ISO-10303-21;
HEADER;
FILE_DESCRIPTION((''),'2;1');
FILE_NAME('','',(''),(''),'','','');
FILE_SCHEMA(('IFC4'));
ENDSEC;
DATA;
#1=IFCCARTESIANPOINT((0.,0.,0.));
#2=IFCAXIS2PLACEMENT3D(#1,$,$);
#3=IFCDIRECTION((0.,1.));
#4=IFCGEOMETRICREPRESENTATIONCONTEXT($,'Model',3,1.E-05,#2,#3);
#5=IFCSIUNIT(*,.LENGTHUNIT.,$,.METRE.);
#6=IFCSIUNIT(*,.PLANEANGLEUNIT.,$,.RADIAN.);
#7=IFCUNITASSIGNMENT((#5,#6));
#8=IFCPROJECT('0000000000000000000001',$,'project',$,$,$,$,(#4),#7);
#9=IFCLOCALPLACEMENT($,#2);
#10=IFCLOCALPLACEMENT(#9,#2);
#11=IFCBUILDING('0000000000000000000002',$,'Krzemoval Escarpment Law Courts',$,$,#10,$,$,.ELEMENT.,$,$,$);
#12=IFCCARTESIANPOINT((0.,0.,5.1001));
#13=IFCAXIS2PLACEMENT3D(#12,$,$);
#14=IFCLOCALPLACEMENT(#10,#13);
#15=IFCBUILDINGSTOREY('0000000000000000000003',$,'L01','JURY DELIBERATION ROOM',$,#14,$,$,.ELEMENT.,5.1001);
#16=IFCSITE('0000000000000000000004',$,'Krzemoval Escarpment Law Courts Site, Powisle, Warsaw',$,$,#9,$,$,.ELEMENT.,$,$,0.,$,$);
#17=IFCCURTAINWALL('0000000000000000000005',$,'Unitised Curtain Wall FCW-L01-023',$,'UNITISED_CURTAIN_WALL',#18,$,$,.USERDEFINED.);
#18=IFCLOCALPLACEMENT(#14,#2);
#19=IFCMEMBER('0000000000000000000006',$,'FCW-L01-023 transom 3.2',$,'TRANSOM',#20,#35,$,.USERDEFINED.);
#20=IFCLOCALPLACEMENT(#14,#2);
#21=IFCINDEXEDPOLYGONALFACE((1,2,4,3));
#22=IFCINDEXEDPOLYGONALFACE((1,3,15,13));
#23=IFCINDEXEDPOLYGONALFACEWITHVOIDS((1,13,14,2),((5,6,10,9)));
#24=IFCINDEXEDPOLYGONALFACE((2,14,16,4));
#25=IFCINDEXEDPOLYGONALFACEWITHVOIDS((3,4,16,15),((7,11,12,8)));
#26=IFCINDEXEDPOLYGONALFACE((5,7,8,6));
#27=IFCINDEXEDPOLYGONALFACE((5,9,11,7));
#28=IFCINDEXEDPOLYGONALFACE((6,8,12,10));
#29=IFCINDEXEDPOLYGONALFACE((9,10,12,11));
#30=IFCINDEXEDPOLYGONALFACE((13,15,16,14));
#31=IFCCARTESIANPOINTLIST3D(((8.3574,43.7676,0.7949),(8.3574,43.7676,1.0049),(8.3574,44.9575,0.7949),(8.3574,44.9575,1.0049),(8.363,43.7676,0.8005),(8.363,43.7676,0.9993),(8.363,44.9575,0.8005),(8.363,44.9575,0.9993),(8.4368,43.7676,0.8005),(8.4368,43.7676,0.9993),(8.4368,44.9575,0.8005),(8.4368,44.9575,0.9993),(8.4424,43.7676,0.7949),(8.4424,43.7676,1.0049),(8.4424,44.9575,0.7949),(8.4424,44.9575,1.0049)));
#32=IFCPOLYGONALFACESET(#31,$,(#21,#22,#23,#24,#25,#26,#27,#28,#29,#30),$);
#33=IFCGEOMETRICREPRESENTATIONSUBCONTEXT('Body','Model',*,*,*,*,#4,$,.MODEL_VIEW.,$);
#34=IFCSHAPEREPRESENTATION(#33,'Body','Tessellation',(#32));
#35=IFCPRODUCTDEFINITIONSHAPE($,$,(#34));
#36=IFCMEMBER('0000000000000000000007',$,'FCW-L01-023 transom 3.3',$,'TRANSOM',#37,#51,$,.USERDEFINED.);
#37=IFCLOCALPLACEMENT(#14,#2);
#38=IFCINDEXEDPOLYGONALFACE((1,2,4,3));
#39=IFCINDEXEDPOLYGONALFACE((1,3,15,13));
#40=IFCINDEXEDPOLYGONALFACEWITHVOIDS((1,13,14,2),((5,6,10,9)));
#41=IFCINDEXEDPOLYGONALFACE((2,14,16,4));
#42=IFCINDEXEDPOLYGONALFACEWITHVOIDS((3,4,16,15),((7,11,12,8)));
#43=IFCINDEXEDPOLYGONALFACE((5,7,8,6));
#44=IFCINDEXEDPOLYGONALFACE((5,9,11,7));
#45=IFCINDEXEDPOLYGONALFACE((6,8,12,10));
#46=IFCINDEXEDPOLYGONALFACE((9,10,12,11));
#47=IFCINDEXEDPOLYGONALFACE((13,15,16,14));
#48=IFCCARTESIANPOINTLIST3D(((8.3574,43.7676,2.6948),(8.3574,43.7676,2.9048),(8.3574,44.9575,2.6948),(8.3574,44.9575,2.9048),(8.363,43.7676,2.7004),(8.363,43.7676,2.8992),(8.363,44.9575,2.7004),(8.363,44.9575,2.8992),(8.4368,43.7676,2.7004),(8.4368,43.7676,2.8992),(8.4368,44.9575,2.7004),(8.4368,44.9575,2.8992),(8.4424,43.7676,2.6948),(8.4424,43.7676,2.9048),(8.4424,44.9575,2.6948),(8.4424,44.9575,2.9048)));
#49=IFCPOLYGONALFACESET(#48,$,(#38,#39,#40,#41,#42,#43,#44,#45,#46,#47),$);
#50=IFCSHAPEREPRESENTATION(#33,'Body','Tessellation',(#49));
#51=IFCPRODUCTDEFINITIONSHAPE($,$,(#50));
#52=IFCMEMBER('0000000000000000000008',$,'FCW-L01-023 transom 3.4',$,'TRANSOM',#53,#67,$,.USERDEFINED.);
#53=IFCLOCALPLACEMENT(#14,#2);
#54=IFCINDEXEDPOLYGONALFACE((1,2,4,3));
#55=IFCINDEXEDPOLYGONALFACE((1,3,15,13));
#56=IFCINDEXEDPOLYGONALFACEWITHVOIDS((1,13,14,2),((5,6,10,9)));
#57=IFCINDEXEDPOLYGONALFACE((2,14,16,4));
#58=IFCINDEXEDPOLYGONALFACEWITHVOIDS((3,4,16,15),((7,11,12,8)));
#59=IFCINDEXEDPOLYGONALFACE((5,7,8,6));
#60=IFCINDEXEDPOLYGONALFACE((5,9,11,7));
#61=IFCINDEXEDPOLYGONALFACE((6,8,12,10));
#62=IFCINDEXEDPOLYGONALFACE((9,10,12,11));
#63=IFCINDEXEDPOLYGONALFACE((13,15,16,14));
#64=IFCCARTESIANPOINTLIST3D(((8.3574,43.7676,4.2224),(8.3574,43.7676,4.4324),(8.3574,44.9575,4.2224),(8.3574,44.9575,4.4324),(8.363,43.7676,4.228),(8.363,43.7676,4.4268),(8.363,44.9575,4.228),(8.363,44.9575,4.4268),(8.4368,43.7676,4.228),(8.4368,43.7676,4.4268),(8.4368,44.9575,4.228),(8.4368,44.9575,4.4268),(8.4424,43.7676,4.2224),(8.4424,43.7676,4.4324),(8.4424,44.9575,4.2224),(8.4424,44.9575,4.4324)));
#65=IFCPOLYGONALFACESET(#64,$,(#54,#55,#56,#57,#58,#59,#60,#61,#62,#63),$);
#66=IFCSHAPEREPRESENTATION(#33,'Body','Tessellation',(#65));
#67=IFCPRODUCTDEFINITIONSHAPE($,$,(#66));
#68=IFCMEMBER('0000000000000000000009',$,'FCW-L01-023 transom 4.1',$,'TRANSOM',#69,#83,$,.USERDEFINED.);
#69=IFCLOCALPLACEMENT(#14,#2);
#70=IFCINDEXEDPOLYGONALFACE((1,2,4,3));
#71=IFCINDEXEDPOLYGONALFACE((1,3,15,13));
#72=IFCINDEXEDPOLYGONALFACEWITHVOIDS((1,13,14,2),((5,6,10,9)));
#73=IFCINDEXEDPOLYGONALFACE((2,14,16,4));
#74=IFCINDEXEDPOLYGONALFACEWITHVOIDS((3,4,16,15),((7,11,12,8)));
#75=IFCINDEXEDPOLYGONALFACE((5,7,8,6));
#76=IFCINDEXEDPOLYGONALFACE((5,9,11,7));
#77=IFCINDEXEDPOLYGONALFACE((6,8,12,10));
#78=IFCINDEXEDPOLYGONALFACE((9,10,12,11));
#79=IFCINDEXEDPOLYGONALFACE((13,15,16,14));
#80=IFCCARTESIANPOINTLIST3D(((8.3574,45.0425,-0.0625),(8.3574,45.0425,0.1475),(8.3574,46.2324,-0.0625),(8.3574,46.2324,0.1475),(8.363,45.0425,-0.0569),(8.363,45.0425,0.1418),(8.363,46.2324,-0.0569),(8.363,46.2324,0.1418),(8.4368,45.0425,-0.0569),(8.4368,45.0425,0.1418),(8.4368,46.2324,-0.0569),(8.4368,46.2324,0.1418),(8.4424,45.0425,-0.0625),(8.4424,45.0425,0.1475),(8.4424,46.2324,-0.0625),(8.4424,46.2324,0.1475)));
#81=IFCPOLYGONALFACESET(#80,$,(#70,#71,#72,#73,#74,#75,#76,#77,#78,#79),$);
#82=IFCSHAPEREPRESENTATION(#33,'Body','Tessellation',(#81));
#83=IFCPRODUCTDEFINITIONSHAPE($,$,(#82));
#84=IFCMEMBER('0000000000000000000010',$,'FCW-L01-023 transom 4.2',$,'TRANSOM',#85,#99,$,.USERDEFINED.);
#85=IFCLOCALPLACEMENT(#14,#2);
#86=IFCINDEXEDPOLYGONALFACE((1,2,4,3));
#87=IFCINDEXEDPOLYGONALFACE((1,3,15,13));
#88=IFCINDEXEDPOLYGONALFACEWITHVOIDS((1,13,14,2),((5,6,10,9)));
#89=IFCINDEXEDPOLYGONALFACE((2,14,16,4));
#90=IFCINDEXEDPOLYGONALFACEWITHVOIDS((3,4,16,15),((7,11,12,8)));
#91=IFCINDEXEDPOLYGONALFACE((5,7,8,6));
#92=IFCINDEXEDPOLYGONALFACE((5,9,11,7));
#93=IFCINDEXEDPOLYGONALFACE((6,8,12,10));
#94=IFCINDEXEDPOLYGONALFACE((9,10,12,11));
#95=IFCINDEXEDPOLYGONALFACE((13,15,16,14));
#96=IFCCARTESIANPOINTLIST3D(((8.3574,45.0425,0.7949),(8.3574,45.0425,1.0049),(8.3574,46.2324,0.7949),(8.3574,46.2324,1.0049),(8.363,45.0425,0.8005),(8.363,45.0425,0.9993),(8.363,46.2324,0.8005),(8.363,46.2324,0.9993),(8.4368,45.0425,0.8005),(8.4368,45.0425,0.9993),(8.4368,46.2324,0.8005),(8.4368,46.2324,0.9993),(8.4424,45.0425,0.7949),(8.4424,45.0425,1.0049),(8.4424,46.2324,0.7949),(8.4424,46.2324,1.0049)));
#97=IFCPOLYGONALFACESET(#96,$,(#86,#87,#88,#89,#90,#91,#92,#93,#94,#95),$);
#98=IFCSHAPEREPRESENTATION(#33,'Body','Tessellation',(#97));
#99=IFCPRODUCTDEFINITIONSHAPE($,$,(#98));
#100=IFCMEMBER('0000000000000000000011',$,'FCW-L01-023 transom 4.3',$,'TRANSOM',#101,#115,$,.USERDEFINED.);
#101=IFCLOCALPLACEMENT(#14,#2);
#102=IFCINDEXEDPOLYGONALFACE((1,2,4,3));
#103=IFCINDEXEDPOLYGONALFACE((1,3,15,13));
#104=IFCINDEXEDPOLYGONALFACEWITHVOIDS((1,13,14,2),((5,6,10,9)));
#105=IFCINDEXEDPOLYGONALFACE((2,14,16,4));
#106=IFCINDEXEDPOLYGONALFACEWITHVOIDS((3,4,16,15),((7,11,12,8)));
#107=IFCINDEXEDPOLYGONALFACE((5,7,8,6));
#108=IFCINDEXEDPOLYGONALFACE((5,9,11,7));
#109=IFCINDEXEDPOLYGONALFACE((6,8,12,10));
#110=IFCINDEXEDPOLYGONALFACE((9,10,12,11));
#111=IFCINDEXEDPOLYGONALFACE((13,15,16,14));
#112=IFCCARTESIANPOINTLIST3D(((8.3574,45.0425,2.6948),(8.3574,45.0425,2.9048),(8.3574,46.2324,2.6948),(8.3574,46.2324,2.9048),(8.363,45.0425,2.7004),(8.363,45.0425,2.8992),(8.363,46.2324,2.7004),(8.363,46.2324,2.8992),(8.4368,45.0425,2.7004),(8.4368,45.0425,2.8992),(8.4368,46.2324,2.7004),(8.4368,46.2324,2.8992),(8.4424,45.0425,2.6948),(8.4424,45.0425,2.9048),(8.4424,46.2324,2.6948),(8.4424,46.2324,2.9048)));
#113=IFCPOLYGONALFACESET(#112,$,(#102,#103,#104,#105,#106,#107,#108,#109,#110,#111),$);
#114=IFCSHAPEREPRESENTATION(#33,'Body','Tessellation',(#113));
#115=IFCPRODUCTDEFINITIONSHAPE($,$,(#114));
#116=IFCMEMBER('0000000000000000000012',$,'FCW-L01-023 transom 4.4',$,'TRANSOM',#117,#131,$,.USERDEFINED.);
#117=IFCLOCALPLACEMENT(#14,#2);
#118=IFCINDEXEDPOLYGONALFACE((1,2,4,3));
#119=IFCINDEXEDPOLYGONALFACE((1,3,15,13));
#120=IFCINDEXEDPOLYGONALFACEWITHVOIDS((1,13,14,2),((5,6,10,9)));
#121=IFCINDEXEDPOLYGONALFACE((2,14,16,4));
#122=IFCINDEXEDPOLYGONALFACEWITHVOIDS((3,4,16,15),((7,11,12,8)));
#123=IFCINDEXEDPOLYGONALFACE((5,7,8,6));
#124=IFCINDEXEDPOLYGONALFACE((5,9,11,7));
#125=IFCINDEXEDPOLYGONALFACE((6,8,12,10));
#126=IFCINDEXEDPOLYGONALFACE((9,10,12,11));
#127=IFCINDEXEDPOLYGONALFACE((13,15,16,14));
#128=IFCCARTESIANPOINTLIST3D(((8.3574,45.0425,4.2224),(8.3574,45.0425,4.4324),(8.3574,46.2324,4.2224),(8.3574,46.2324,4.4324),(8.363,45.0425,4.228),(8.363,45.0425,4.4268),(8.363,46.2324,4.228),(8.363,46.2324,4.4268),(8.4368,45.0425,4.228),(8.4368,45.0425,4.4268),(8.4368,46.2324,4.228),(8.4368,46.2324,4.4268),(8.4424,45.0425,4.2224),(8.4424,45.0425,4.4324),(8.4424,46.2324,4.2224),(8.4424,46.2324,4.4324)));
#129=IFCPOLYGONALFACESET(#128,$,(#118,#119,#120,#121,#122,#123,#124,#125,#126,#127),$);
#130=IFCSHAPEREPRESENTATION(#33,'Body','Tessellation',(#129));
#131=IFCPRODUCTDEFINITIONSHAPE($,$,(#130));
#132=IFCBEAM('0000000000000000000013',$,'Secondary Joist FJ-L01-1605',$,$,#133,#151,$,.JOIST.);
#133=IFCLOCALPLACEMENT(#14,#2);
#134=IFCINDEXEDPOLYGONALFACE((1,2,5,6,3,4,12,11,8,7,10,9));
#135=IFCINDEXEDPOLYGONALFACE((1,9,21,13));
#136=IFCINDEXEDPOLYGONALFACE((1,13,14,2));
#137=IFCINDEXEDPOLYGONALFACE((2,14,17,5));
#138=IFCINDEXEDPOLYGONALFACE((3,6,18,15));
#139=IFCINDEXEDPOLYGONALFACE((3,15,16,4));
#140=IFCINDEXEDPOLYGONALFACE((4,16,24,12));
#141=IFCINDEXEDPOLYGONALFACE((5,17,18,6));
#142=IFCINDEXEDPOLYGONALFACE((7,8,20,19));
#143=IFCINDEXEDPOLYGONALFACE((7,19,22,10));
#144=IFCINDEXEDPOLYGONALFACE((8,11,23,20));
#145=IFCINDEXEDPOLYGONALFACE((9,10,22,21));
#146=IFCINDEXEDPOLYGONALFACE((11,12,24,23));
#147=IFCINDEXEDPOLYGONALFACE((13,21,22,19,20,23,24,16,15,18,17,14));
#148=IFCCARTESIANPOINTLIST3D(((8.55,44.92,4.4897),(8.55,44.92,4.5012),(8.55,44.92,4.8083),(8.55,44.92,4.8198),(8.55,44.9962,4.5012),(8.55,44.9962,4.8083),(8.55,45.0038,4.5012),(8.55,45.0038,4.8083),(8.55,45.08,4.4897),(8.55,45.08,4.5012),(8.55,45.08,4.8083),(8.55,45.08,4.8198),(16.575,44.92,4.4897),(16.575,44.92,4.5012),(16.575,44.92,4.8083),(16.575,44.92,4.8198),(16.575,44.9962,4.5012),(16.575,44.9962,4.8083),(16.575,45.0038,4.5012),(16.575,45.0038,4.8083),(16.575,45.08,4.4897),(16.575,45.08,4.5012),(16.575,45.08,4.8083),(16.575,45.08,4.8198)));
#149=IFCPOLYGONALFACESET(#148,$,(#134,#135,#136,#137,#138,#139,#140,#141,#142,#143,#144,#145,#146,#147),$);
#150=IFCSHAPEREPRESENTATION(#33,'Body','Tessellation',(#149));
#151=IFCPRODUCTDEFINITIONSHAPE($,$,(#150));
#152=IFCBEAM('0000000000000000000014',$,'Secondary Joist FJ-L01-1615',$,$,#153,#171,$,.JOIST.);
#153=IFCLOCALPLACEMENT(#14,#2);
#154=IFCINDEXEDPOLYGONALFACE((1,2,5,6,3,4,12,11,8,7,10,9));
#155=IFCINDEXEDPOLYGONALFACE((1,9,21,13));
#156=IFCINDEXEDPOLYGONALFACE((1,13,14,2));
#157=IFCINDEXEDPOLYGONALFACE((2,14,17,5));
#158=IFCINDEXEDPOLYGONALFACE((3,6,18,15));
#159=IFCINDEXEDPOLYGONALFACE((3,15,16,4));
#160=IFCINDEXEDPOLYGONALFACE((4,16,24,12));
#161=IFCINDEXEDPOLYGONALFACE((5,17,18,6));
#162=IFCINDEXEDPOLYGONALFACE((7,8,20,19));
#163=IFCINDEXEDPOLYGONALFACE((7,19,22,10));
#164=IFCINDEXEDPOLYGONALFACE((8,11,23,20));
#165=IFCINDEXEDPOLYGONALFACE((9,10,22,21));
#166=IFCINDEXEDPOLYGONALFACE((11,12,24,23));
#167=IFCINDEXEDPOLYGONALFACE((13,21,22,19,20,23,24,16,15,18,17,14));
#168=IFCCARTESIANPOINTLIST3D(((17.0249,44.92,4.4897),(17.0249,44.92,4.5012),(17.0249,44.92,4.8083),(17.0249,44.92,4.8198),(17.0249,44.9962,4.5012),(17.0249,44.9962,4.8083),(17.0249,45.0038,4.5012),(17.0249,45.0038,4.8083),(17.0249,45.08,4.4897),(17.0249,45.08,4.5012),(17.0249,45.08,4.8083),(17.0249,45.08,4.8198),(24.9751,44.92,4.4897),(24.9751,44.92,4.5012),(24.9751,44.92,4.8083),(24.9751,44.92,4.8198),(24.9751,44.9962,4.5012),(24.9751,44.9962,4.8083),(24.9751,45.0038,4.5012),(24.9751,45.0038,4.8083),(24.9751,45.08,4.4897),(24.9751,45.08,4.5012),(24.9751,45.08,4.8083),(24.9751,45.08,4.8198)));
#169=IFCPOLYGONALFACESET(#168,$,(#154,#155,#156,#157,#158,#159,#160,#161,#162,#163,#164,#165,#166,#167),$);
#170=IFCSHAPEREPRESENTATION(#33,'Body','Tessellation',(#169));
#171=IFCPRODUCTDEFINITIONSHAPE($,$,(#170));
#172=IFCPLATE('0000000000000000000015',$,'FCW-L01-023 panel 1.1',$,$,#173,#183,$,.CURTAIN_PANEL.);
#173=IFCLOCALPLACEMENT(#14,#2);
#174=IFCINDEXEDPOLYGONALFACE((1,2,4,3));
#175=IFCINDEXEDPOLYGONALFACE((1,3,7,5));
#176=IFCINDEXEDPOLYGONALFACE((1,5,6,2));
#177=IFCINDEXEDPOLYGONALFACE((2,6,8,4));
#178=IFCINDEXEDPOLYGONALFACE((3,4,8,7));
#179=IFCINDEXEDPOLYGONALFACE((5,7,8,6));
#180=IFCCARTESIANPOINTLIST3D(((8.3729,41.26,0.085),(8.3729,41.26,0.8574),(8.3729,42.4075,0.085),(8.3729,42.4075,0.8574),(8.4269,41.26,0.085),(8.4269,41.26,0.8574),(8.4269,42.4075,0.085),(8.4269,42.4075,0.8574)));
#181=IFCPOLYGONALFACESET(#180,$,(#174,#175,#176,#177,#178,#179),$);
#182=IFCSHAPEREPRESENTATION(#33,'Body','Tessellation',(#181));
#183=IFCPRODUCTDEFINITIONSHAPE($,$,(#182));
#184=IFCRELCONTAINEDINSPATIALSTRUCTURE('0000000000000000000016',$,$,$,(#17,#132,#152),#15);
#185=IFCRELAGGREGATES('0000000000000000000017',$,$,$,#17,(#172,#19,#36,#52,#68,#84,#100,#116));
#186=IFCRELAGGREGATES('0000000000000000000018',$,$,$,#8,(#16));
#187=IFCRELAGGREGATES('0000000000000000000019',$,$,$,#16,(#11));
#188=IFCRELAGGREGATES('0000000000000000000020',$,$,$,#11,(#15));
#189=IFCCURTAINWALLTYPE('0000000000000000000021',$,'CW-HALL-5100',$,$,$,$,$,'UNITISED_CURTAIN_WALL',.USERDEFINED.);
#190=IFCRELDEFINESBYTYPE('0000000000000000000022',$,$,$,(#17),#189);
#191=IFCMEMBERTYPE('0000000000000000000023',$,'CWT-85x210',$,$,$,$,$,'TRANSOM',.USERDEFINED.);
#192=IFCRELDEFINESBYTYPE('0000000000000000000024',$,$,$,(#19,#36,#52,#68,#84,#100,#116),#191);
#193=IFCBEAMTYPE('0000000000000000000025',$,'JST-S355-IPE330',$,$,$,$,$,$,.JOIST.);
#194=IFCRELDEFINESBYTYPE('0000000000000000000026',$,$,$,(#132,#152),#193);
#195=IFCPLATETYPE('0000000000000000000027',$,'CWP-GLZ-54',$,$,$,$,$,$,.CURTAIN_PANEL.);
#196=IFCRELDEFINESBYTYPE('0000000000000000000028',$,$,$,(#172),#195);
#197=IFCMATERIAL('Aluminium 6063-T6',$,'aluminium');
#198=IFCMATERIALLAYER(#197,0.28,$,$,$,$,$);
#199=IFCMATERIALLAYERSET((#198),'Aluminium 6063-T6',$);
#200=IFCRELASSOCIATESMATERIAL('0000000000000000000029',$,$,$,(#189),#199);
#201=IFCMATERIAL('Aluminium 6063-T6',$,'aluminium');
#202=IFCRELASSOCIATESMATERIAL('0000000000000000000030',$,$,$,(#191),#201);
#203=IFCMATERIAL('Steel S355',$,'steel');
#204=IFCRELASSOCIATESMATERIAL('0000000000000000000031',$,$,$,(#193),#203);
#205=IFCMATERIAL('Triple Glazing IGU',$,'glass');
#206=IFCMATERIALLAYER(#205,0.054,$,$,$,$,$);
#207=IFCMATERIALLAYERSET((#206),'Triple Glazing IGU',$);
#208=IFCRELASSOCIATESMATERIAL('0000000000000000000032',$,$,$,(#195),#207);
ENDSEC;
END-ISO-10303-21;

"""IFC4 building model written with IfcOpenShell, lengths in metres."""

from ifc_helpers import new_model, si_unit, direction, frame, origin, origin_2d, place, context, subcontext, project, spatial, rectangle, hollow_rectangle, i_section, extrude, material, layer, layer_set, material_profile, profile_set, type_object, element, aggregate, save


model = new_model("IFC4")

# Units and contexts
model_context = context("Model", 3, precision=1e-05, world=origin(), true_north=direction((0.0, 1.0)))
body_context = subcontext(model_context, "Body", "Model", "MODEL_VIEW")
ifc_project = project(units=[si_unit("LENGTHUNIT", "METRE"), si_unit("PLANEANGLEUNIT", "RADIAN")], contexts=[model_context])

# Site, building, storey
site_placement = place(None, origin())
site = spatial("IfcSite", under=ifc_project, at=site_placement, Name="Krzemoval Escarpment Law Courts Site, Powisle, Warsaw", CompositionType="ELEMENT", RefElevation=0.0)
building_placement = place(site_placement, origin())
building = spatial("IfcBuilding", under=site, at=building_placement, Name="Krzemoval Escarpment Law Courts", CompositionType="ELEMENT")
storey_placement = place(building_placement, frame((0.0, 0.0, 5.1001)))
storey = spatial("IfcBuildingStorey", under=building, at=storey_placement, Name="L01", Description="JURY DELIBERATION ROOM", CompositionType="ELEMENT", Elevation=5.1001)

# Curtain wall, members
ifc_material_1 = material(Name="Aluminium 6063-T6", Category="aluminium")
ifc_layer_1 = layer(ifc_material_1, 0.28)
ifc_layer_set_1 = layer_set([ifc_layer_1], Name="Aluminium 6063-T6")
curtain_wall_type = type_object("IfcCurtainWallType", Name="CW-HALL-5100", ElementType="UNITISED_CURTAIN_WALL", PredefinedType="USERDEFINED", material=ifc_layer_set_1)
curtain_wall_placement = place(storey_placement, origin())
curtain_wall = element("IfcCurtainWall", 1, at=curtain_wall_placement, inside=storey, type_object=curtain_wall_type, Name="Unitised Curtain Wall FCW-L01-023", ObjectType="UNITISED_CURTAIN_WALL", PredefinedType="USERDEFINED")
ifc_material_2 = material(Name="Aluminium 6063-T6", Category="aluminium")
ifc_material_profile_1 = material_profile(ifc_material_2, hollow_rectangle(XDim=0.085, YDim=0.21, WallThickness=0.0056, at=origin_2d()), Name="ALU T85x210")
ifc_profile_set_1 = profile_set([ifc_material_profile_1], Name="Aluminium 6063-T6")
member_type_1 = type_object("IfcMemberType", Name="CWT-85x210", ElementType="TRANSOM", PredefinedType="USERDEFINED", material=ifc_profile_set_1)
member_1_placement = place(storey_placement, frame((8.3999, 43.7676, 0.8999), z_axis=(0.0, 1.0, 0.0), x_axis=(-1.0, 0.0, 0.0)))
member_1 = element("IfcMember", 2, at=member_1_placement, type_object=member_type_1, Name="FCW-L01-023 transom 3.2", ObjectType="TRANSOM", PredefinedType="USERDEFINED", context=body_context, shape_type="SweptSolid", body=[
    extrude(hollow_rectangle(XDim=0.085, YDim=0.21, WallThickness=0.0056, at=origin_2d()), origin(), (0.0, 0.0, 1.0), 1.1899),
])
member_2_placement = place(storey_placement, frame((8.3999, 43.7676, 2.7998), z_axis=(0.0, 1.0, 0.0), x_axis=(-1.0, 0.0, 0.0)))
member_2 = element("IfcMember", 3, at=member_2_placement, type_object=member_type_1, Name="FCW-L01-023 transom 3.3", ObjectType="TRANSOM", PredefinedType="USERDEFINED", context=body_context, shape_type="SweptSolid", body=[
    extrude(hollow_rectangle(XDim=0.085, YDim=0.21, WallThickness=0.0056, at=origin_2d()), origin(), (0.0, 0.0, 1.0), 1.1899),
])
member_3_placement = place(storey_placement, frame((8.3999, 43.7676, 4.3274), z_axis=(0.0, 1.0, 0.0), x_axis=(-1.0, 0.0, 0.0)))
member_3 = element("IfcMember", 4, at=member_3_placement, type_object=member_type_1, Name="FCW-L01-023 transom 3.4", ObjectType="TRANSOM", PredefinedType="USERDEFINED", context=body_context, shape_type="SweptSolid", body=[
    extrude(hollow_rectangle(XDim=0.085, YDim=0.21, WallThickness=0.0056, at=origin_2d()), origin(), (0.0, 0.0, 1.0), 1.1899),
])
member_4_placement = place(storey_placement, frame((8.3999, 45.0425, 0.0425), z_axis=(0.0, 1.0, 0.0), x_axis=(-1.0, 0.0, 0.0)))
member_4 = element("IfcMember", 5, at=member_4_placement, type_object=member_type_1, Name="FCW-L01-023 transom 4.1", ObjectType="TRANSOM", PredefinedType="USERDEFINED", context=body_context, shape_type="SweptSolid", body=[
    extrude(hollow_rectangle(XDim=0.085, YDim=0.21, WallThickness=0.0056, at=origin_2d()), origin(), (0.0, 0.0, 1.0), 1.1899),
])
member_5_placement = place(storey_placement, frame((8.3999, 45.0425, 0.8999), z_axis=(0.0, 1.0, 0.0), x_axis=(-1.0, 0.0, 0.0)))
member_5 = element("IfcMember", 6, at=member_5_placement, type_object=member_type_1, Name="FCW-L01-023 transom 4.2", ObjectType="TRANSOM", PredefinedType="USERDEFINED", context=body_context, shape_type="SweptSolid", body=[
    extrude(hollow_rectangle(XDim=0.085, YDim=0.21, WallThickness=0.0056, at=origin_2d()), origin(), (0.0, 0.0, 1.0), 1.1899),
])
member_6_placement = place(storey_placement, frame((8.3999, 45.0425, 2.7998), z_axis=(0.0, 1.0, 0.0), x_axis=(-1.0, 0.0, 0.0)))
member_6 = element("IfcMember", 7, at=member_6_placement, type_object=member_type_1, Name="FCW-L01-023 transom 4.3", ObjectType="TRANSOM", PredefinedType="USERDEFINED", context=body_context, shape_type="SweptSolid", body=[
    extrude(hollow_rectangle(XDim=0.085, YDim=0.21, WallThickness=0.0056, at=origin_2d()), origin(), (0.0, 0.0, 1.0), 1.1899),
])
member_7_placement = place(storey_placement, frame((8.3999, 45.0425, 4.3274), z_axis=(0.0, 1.0, 0.0), x_axis=(-1.0, 0.0, 0.0)))
member_7 = element("IfcMember", 8, at=member_7_placement, type_object=member_type_1, Name="FCW-L01-023 transom 4.4", ObjectType="TRANSOM", PredefinedType="USERDEFINED", context=body_context, shape_type="SweptSolid", body=[
    extrude(hollow_rectangle(XDim=0.085, YDim=0.21, WallThickness=0.0056, at=origin_2d()), origin(), (0.0, 0.0, 1.0), 1.1899),
])

# Beams
ifc_material_3 = material(Name="Steel S355", Category="steel")
ifc_material_profile_2 = material_profile(ifc_material_3, i_section(OverallWidth=0.1599, OverallDepth=0.3301, WebThickness=0.0076, FlangeThickness=0.0115, at=origin_2d()), Name="IPE 330")
ifc_profile_set_2 = profile_set([ifc_material_profile_2], Name="Steel S355")
beam_type_1 = type_object("IfcBeamType", Name="JST-S355-IPE330", PredefinedType="JOIST", material=ifc_profile_set_2)
beam_1_placement = place(storey_placement, frame((8.55, 45.0, 4.6548), z_axis=(1.0, 0.0, 0.0), x_axis=(0.0, 1.0, 0.0)))
element("IfcBeam", 9, at=beam_1_placement, inside=storey, type_object=beam_type_1, Name="Secondary Joist FJ-L01-1605", PredefinedType="JOIST", context=body_context, shape_type="SweptSolid", body=[
    extrude(i_section(OverallWidth=0.1599, OverallDepth=0.3301, WebThickness=0.0076, FlangeThickness=0.0115, at=origin_2d()), origin(), (0.0, 0.0, 1.0), 8.0249),
])
beam_2_placement = place(storey_placement, frame((17.0249, 45.0, 4.6548), z_axis=(1.0, 0.0, 0.0), x_axis=(0.0, 1.0, 0.0)))
element("IfcBeam", 10, at=beam_2_placement, inside=storey, type_object=beam_type_1, Name="Secondary Joist FJ-L01-1615", PredefinedType="JOIST", context=body_context, shape_type="SweptSolid", body=[
    extrude(i_section(OverallWidth=0.1599, OverallDepth=0.3301, WebThickness=0.0076, FlangeThickness=0.0115, at=origin_2d()), origin(), (0.0, 0.0, 1.0), 7.9502),
])

# Plate
ifc_material_4 = material(Name="Triple Glazing IGU", Category="glass")
ifc_layer_2 = layer(ifc_material_4, 0.054)
ifc_layer_set_2 = layer_set([ifc_layer_2], Name="Triple Glazing IGU")
plate_type = type_object("IfcPlateType", Name="CWP-GLZ-54", PredefinedType="CURTAIN_PANEL", material=ifc_layer_set_2)
plate_1_placement = place(storey_placement, frame((8.3999, 41.8337, 0.085), z_axis=(0.0, 0.0, 1.0), x_axis=(0.0, 1.0, 0.0)))
plate_1 = element("IfcPlate", 11, at=plate_1_placement, type_object=plate_type, Name="FCW-L01-023 panel 1.1", PredefinedType="CURTAIN_PANEL", context=body_context, shape_type="SweptSolid", body=[
    extrude(rectangle(XDim=1.1475, YDim=0.054, at=origin_2d()), origin(), (0.0, 0.0, 1.0), 0.7725),
])
aggregate(curtain_wall, [plate_1, member_1, member_2, member_3, member_4, member_5, member_6, member_7])

save(model, "model.ifc")
